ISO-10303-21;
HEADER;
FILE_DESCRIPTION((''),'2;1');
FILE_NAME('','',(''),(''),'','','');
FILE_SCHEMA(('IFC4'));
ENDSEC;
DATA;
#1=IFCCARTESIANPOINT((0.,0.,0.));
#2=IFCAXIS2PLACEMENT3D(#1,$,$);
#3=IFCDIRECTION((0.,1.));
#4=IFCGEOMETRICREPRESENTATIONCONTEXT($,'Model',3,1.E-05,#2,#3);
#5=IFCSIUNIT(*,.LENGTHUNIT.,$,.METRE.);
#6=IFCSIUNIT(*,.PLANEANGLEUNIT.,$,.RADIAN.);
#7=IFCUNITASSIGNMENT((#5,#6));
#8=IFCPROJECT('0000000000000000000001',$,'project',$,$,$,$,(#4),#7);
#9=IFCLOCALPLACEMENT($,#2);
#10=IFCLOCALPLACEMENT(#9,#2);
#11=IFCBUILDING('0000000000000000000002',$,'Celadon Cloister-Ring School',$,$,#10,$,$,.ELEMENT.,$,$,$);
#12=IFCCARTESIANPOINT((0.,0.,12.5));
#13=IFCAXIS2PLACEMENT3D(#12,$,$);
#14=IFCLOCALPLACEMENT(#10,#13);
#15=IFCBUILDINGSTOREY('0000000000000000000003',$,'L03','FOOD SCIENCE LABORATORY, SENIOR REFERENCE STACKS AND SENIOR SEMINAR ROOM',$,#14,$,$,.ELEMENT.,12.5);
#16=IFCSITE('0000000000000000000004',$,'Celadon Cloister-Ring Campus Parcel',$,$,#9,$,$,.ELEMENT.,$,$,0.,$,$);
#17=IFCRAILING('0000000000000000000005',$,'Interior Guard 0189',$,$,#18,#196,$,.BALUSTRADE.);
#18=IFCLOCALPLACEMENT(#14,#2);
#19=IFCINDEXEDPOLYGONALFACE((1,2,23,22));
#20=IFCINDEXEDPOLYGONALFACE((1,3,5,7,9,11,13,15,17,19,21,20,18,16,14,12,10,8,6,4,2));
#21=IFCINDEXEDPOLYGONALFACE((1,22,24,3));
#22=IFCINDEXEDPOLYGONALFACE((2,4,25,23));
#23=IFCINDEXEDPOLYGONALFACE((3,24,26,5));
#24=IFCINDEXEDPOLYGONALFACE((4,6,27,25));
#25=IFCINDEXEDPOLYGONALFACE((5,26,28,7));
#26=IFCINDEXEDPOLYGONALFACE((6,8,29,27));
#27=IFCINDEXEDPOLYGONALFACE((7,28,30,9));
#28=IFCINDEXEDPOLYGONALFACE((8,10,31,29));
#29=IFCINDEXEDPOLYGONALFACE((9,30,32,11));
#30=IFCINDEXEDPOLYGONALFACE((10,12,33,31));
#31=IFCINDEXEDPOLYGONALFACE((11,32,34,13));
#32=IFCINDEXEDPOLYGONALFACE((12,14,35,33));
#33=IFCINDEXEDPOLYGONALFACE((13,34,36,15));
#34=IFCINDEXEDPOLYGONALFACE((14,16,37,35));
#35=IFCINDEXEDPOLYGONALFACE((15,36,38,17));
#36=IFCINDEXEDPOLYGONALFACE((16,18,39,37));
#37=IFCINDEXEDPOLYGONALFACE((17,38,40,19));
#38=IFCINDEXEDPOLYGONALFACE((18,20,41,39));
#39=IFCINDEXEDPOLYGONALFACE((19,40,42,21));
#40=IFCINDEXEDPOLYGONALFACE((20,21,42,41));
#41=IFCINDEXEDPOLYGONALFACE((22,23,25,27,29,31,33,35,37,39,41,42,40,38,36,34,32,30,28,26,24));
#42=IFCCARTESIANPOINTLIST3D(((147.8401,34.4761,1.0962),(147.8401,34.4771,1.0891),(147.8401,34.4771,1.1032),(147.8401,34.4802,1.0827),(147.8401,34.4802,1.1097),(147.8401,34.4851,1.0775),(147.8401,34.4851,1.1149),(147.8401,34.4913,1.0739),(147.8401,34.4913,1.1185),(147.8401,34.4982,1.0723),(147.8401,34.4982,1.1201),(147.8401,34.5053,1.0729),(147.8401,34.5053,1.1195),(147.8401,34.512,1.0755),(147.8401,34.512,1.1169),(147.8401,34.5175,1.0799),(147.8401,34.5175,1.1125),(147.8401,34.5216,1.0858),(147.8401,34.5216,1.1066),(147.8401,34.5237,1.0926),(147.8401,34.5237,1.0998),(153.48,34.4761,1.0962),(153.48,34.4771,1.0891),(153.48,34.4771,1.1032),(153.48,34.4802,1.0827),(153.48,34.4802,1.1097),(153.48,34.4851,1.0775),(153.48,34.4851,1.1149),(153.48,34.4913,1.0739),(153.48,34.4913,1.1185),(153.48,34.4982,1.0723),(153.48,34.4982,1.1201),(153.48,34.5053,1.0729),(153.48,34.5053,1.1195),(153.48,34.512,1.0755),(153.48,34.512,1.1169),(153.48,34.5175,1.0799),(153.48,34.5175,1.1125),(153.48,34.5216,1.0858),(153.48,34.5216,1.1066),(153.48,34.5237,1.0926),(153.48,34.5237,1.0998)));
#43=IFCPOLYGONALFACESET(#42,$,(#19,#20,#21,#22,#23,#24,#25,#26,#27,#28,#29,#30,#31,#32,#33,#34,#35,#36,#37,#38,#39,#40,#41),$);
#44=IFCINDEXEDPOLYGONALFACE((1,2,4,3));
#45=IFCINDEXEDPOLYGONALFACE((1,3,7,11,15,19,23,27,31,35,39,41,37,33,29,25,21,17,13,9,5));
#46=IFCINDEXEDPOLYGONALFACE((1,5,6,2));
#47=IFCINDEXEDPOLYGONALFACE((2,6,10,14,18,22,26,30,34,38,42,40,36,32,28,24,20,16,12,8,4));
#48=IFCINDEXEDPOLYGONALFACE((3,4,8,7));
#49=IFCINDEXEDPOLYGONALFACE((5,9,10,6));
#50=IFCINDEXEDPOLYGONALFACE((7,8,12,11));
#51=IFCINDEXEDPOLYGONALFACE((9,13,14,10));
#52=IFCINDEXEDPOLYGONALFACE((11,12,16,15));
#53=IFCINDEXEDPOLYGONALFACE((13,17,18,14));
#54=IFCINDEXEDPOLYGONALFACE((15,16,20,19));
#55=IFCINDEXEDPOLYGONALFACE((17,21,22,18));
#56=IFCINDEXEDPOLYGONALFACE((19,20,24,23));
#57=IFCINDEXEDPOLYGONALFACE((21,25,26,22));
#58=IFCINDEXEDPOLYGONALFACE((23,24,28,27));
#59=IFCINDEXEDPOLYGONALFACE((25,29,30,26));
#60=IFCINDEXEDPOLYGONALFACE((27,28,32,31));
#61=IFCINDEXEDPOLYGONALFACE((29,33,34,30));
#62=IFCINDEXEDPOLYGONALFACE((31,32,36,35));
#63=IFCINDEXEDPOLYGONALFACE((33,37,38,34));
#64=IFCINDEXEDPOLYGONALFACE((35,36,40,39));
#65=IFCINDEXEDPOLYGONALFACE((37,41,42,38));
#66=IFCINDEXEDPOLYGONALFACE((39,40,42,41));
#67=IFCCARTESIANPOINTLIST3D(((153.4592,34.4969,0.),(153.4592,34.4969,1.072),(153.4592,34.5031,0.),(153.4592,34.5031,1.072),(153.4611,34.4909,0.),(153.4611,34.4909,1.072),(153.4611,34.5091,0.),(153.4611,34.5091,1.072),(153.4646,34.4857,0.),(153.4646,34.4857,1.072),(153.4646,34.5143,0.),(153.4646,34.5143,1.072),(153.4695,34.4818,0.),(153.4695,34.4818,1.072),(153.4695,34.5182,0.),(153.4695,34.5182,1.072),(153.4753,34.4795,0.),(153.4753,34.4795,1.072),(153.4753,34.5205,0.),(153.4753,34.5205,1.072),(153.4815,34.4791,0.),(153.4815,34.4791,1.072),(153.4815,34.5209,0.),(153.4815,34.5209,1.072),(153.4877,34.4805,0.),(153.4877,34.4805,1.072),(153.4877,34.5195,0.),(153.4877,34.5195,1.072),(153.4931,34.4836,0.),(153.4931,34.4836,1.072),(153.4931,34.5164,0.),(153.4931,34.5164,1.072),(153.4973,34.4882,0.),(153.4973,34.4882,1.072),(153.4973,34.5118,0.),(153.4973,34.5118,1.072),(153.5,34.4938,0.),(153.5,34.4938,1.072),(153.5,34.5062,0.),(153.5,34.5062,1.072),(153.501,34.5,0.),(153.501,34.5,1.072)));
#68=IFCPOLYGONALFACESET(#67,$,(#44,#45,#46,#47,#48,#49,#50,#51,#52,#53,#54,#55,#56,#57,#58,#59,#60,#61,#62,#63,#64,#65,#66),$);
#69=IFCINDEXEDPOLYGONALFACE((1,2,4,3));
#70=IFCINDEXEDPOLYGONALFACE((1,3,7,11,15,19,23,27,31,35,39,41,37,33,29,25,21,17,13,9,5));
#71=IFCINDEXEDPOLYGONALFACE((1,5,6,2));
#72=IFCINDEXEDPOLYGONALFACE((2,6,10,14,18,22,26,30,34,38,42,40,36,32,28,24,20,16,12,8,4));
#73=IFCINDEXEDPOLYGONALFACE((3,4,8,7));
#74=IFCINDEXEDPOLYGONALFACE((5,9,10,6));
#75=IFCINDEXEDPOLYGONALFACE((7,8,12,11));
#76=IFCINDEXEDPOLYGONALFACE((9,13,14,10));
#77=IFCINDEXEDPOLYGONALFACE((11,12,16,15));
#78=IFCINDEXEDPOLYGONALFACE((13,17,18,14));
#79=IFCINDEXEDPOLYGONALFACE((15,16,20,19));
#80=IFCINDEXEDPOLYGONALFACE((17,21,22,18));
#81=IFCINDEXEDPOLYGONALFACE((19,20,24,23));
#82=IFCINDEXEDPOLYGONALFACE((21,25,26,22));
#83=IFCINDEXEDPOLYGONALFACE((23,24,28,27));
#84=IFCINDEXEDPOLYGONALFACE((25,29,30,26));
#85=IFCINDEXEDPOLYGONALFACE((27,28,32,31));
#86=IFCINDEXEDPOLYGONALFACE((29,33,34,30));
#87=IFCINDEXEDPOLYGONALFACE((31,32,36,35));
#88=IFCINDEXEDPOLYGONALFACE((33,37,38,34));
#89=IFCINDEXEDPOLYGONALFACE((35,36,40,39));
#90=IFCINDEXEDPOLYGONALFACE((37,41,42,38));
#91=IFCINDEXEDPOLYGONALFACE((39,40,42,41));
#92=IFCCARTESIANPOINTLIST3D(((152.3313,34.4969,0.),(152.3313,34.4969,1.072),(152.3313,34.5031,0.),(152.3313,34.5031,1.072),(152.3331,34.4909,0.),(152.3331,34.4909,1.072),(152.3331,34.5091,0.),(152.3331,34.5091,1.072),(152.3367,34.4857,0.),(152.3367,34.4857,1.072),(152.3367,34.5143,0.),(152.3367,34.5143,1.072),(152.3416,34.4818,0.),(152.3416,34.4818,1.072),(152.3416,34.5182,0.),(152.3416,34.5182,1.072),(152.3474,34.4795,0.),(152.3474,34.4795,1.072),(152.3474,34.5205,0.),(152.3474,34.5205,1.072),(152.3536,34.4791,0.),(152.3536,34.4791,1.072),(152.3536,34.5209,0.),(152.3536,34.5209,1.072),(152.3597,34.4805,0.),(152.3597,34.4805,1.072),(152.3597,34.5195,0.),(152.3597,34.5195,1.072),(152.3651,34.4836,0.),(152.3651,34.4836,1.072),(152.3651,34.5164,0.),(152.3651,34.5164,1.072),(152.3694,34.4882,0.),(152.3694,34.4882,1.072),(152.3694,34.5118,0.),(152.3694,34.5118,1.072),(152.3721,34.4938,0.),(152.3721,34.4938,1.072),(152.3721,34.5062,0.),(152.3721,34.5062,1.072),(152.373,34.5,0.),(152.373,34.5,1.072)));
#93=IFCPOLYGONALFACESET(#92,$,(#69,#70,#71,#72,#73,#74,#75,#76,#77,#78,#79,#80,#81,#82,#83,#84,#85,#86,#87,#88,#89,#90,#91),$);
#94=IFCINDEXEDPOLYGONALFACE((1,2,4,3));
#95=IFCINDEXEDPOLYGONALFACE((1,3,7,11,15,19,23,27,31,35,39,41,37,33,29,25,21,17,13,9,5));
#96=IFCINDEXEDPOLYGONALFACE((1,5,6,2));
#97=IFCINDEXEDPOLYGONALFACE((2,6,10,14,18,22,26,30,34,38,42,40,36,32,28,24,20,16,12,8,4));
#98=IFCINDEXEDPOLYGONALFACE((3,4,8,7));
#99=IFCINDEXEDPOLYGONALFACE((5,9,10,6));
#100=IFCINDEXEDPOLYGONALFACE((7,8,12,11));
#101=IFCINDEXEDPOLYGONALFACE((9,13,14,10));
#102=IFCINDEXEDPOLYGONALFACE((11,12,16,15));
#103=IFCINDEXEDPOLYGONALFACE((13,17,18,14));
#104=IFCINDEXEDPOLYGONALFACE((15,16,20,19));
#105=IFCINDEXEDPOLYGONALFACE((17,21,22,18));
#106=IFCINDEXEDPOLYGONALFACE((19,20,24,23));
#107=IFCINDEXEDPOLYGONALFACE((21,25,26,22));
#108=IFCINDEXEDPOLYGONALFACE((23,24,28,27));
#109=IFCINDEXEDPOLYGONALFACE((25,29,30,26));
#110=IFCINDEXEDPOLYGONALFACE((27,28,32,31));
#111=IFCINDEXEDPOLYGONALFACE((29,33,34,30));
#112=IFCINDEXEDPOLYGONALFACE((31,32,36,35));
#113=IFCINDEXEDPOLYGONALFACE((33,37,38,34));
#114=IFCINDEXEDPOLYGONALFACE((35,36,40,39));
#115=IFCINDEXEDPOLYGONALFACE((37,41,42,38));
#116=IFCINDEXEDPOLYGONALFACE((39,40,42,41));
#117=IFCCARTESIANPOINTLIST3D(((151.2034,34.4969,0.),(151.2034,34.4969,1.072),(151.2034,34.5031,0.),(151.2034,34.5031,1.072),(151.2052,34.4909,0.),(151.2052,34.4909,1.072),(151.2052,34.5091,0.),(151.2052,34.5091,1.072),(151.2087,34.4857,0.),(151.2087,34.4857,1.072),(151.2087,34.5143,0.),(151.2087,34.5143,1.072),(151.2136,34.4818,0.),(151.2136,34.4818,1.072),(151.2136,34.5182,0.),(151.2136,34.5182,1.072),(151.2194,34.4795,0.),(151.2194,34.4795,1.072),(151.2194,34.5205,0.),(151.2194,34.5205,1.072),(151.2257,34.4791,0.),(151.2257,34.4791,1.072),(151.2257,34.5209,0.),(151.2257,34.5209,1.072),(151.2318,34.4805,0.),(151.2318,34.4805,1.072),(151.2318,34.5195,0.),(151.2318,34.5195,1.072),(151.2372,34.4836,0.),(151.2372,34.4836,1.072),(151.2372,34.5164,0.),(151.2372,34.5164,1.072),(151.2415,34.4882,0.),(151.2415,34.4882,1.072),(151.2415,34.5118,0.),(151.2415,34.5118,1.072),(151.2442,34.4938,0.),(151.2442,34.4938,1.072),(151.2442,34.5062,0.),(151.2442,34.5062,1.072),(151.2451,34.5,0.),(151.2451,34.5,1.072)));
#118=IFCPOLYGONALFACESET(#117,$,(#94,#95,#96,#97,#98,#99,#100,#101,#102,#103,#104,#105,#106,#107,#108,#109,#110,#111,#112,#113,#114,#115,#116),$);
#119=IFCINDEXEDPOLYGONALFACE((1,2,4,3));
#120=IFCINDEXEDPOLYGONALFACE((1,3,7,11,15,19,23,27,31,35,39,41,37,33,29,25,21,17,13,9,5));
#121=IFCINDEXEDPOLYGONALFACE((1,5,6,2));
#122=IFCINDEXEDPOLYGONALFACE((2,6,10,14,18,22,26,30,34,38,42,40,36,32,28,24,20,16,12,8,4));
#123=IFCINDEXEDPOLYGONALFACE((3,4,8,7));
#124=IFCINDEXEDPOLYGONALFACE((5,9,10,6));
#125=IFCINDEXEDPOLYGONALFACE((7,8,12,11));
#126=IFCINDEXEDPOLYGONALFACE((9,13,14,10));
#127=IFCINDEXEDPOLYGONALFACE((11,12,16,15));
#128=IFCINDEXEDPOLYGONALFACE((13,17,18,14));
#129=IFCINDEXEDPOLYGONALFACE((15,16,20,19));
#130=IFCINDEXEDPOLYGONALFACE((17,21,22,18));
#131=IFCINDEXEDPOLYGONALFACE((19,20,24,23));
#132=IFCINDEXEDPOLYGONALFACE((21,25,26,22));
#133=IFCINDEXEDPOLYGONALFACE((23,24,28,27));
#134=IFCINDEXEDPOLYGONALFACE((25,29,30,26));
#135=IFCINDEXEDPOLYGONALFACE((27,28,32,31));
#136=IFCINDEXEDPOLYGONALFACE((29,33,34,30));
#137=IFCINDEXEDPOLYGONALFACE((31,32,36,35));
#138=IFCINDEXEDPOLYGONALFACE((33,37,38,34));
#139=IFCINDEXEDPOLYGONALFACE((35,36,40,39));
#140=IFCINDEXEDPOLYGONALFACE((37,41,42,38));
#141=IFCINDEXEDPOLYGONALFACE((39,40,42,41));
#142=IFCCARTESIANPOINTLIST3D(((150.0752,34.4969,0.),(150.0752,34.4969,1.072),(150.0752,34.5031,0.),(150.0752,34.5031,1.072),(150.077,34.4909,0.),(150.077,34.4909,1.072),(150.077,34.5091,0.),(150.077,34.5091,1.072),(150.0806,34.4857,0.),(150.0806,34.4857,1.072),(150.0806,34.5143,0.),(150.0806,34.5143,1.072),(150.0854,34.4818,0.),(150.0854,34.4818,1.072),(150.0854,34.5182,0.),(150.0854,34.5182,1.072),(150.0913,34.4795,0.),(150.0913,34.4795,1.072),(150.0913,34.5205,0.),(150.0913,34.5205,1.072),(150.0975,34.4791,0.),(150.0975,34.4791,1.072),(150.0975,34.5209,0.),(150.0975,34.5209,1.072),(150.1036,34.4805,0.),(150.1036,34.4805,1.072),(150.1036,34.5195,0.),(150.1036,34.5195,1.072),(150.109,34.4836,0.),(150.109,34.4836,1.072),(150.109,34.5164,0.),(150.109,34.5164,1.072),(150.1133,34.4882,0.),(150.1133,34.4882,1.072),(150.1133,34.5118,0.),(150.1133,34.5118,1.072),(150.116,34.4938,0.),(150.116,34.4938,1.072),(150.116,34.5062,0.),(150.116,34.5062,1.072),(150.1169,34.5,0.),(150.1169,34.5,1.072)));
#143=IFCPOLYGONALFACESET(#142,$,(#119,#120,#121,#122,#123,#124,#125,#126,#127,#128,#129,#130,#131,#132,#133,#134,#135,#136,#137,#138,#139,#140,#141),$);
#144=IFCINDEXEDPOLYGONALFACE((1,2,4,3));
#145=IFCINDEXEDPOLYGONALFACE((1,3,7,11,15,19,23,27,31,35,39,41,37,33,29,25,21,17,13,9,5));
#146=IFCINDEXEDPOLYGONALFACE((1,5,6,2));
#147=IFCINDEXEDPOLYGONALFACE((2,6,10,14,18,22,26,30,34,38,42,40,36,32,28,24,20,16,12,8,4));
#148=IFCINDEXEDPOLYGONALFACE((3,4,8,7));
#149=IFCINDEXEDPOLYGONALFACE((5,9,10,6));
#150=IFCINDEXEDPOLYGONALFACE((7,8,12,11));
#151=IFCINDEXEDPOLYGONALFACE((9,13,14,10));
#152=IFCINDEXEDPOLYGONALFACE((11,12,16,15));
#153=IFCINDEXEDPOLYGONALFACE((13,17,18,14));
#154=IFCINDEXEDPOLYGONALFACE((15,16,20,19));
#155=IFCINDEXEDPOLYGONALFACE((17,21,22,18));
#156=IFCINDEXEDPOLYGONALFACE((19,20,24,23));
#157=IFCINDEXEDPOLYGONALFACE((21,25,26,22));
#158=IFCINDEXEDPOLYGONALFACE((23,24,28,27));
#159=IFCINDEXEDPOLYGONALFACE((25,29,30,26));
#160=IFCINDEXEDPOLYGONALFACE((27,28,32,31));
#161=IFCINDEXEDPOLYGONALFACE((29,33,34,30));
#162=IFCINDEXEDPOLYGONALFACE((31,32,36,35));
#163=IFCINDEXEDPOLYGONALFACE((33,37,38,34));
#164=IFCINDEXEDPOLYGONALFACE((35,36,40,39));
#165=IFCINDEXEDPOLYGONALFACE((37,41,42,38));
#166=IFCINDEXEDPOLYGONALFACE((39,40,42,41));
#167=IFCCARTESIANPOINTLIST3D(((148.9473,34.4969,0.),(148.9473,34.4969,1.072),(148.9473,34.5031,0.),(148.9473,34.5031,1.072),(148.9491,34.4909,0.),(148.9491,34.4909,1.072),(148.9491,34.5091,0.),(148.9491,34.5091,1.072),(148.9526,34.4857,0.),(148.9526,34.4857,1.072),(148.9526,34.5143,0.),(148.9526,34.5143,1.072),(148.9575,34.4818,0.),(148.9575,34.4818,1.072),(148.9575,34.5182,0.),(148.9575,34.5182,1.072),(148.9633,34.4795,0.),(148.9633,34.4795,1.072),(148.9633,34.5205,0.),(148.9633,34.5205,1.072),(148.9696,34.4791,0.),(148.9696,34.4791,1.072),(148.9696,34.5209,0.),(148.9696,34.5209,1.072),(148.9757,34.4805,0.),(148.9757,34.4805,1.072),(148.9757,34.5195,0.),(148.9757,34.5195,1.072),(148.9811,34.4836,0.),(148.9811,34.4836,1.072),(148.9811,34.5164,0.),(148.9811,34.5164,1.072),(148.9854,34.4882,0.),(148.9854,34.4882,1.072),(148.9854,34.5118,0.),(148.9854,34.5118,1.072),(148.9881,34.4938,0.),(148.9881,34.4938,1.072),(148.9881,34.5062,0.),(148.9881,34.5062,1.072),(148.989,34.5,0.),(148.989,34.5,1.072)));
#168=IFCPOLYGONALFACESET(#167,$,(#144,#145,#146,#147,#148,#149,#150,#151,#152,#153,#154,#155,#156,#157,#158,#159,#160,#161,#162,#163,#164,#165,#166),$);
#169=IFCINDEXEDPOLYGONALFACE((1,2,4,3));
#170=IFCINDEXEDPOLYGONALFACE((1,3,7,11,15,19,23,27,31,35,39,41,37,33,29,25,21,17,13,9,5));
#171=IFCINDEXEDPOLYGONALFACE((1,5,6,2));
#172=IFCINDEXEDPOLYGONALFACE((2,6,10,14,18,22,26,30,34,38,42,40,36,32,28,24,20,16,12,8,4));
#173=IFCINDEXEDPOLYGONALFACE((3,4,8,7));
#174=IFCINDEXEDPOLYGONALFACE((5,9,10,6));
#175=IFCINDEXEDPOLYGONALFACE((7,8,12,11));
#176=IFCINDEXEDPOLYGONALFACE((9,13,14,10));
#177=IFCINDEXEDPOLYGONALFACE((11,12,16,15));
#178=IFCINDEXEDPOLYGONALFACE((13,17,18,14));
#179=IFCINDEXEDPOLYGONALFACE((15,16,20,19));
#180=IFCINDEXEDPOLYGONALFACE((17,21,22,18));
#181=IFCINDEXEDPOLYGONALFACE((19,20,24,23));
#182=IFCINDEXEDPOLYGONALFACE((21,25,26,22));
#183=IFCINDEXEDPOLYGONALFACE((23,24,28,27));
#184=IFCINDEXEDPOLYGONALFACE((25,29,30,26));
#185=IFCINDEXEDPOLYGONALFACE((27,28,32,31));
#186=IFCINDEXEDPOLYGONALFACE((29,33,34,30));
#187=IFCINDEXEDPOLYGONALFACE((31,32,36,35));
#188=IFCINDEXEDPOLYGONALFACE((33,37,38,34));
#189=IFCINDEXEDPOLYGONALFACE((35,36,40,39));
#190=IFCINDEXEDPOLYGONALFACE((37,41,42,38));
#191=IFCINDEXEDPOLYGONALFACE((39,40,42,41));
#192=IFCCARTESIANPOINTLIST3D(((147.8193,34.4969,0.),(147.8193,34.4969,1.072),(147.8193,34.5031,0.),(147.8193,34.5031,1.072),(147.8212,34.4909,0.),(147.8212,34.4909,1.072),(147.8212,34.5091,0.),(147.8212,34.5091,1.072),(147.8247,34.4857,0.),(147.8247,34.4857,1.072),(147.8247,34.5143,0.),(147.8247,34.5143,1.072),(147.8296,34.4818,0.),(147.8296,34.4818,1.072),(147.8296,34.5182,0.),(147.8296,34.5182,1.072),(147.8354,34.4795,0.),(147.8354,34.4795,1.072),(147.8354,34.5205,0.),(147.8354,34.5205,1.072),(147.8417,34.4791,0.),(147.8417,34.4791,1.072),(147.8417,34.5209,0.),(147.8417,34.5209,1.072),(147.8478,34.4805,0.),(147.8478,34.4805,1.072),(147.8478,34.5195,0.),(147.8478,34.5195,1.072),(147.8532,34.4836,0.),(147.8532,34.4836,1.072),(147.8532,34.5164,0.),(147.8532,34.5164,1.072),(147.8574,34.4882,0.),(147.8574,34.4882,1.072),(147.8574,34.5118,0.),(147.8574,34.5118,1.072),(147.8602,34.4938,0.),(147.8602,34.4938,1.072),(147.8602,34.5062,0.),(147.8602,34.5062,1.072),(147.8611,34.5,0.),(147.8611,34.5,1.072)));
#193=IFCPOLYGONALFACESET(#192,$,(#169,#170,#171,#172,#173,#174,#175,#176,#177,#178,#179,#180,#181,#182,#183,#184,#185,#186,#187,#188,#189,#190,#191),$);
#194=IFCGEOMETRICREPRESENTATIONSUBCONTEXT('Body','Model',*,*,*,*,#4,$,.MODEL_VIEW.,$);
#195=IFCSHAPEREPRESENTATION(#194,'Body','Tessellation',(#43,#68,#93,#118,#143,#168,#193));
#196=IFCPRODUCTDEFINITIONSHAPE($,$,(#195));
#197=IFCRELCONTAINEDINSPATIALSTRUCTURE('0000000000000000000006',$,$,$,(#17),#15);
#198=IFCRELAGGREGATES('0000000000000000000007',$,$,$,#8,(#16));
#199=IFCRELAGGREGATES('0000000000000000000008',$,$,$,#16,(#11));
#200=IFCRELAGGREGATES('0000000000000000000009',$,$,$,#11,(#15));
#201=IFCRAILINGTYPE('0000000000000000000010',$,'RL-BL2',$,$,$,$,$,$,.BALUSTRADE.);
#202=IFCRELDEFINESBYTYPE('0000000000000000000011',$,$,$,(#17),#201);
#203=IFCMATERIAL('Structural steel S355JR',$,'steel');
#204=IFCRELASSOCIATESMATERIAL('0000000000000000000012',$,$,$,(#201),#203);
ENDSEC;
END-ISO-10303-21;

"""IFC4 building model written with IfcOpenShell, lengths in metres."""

from ifc_helpers import new_model, si_unit, direction, frame, origin, origin_2d, place, context, subcontext, project, spatial, circle, extrude, material, type_object, element, save


model = new_model("IFC4")

# Units and contexts
model_context = context("Model", 3, precision=1e-05, world=origin(), true_north=direction((0.0, 1.0)))
body_context = subcontext(model_context, "Body", "Model", "MODEL_VIEW")
ifc_project = project(units=[si_unit("LENGTHUNIT", "METRE"), si_unit("PLANEANGLEUNIT", "RADIAN")], contexts=[model_context])

# Site, building, storey
site_placement = place(None, origin())
site = spatial("IfcSite", under=ifc_project, at=site_placement, Name="Celadon Cloister-Ring Campus Parcel", CompositionType="ELEMENT", RefElevation=0.0)
building_placement = place(site_placement, origin())
building = spatial("IfcBuilding", under=site, at=building_placement, Name="Celadon Cloister-Ring School", CompositionType="ELEMENT")
storey_placement = place(building_placement, frame((0.0, 0.0, 12.5)))
storey = spatial("IfcBuildingStorey", under=building, at=storey_placement, Name="L03", Description="FOOD SCIENCE LABORATORY, SENIOR REFERENCE STACKS AND SENIOR SEMINAR ROOM", CompositionType="ELEMENT", Elevation=12.5)

# Railing
ifc_material_1 = material(Name="Structural steel S355JR", Category="steel")
railing_type_1 = type_object("IfcRailingType", Name="RL-BL2", PredefinedType="BALUSTRADE", material=ifc_material_1)
railing_1_placement = place(storey_placement, frame((153.48, 34.5, 0.0)))
element("IfcRailing", 1, at=railing_1_placement, inside=storey, type_object=railing_type_1, Name="Interior Guard 0189", PredefinedType="BALUSTRADE", context=body_context, shape_type="SweptSolid", body=[
    extrude(circle(Radius=0.0239, at=origin_2d()), frame((0.0, 0.0, 1.0962), z_axis=(-1.0, 0.0, 0.0), x_axis=(0.0, -1.0, 0.0)), (0.0, 0.0, 1.0), 5.6399),
    extrude(circle(Radius=0.021, at=origin_2d()), origin(), (0.0, 0.0, 1.0), 1.072),
    extrude(circle(Radius=0.021, at=origin_2d()), frame((-1.1279, 0.0, 0.0)), (0.0, 0.0, 1.0), 1.072),
    extrude(circle(Radius=0.021, at=origin_2d()), frame((-2.2559, 0.0, 0.0)), (0.0, 0.0, 1.0), 1.072),
    extrude(circle(Radius=0.021, at=origin_2d()), frame((-3.384, 0.0, 0.0)), (0.0, 0.0, 1.0), 1.072),
    extrude(circle(Radius=0.021, at=origin_2d()), frame((-4.512, 0.0, 0.0)), (0.0, 0.0, 1.0), 1.072),
    extrude(circle(Radius=0.021, at=origin_2d()), frame((-5.6399, 0.0, 0.0)), (0.0, 0.0, 1.0), 1.072),
])

save(model, "model.ifc")
